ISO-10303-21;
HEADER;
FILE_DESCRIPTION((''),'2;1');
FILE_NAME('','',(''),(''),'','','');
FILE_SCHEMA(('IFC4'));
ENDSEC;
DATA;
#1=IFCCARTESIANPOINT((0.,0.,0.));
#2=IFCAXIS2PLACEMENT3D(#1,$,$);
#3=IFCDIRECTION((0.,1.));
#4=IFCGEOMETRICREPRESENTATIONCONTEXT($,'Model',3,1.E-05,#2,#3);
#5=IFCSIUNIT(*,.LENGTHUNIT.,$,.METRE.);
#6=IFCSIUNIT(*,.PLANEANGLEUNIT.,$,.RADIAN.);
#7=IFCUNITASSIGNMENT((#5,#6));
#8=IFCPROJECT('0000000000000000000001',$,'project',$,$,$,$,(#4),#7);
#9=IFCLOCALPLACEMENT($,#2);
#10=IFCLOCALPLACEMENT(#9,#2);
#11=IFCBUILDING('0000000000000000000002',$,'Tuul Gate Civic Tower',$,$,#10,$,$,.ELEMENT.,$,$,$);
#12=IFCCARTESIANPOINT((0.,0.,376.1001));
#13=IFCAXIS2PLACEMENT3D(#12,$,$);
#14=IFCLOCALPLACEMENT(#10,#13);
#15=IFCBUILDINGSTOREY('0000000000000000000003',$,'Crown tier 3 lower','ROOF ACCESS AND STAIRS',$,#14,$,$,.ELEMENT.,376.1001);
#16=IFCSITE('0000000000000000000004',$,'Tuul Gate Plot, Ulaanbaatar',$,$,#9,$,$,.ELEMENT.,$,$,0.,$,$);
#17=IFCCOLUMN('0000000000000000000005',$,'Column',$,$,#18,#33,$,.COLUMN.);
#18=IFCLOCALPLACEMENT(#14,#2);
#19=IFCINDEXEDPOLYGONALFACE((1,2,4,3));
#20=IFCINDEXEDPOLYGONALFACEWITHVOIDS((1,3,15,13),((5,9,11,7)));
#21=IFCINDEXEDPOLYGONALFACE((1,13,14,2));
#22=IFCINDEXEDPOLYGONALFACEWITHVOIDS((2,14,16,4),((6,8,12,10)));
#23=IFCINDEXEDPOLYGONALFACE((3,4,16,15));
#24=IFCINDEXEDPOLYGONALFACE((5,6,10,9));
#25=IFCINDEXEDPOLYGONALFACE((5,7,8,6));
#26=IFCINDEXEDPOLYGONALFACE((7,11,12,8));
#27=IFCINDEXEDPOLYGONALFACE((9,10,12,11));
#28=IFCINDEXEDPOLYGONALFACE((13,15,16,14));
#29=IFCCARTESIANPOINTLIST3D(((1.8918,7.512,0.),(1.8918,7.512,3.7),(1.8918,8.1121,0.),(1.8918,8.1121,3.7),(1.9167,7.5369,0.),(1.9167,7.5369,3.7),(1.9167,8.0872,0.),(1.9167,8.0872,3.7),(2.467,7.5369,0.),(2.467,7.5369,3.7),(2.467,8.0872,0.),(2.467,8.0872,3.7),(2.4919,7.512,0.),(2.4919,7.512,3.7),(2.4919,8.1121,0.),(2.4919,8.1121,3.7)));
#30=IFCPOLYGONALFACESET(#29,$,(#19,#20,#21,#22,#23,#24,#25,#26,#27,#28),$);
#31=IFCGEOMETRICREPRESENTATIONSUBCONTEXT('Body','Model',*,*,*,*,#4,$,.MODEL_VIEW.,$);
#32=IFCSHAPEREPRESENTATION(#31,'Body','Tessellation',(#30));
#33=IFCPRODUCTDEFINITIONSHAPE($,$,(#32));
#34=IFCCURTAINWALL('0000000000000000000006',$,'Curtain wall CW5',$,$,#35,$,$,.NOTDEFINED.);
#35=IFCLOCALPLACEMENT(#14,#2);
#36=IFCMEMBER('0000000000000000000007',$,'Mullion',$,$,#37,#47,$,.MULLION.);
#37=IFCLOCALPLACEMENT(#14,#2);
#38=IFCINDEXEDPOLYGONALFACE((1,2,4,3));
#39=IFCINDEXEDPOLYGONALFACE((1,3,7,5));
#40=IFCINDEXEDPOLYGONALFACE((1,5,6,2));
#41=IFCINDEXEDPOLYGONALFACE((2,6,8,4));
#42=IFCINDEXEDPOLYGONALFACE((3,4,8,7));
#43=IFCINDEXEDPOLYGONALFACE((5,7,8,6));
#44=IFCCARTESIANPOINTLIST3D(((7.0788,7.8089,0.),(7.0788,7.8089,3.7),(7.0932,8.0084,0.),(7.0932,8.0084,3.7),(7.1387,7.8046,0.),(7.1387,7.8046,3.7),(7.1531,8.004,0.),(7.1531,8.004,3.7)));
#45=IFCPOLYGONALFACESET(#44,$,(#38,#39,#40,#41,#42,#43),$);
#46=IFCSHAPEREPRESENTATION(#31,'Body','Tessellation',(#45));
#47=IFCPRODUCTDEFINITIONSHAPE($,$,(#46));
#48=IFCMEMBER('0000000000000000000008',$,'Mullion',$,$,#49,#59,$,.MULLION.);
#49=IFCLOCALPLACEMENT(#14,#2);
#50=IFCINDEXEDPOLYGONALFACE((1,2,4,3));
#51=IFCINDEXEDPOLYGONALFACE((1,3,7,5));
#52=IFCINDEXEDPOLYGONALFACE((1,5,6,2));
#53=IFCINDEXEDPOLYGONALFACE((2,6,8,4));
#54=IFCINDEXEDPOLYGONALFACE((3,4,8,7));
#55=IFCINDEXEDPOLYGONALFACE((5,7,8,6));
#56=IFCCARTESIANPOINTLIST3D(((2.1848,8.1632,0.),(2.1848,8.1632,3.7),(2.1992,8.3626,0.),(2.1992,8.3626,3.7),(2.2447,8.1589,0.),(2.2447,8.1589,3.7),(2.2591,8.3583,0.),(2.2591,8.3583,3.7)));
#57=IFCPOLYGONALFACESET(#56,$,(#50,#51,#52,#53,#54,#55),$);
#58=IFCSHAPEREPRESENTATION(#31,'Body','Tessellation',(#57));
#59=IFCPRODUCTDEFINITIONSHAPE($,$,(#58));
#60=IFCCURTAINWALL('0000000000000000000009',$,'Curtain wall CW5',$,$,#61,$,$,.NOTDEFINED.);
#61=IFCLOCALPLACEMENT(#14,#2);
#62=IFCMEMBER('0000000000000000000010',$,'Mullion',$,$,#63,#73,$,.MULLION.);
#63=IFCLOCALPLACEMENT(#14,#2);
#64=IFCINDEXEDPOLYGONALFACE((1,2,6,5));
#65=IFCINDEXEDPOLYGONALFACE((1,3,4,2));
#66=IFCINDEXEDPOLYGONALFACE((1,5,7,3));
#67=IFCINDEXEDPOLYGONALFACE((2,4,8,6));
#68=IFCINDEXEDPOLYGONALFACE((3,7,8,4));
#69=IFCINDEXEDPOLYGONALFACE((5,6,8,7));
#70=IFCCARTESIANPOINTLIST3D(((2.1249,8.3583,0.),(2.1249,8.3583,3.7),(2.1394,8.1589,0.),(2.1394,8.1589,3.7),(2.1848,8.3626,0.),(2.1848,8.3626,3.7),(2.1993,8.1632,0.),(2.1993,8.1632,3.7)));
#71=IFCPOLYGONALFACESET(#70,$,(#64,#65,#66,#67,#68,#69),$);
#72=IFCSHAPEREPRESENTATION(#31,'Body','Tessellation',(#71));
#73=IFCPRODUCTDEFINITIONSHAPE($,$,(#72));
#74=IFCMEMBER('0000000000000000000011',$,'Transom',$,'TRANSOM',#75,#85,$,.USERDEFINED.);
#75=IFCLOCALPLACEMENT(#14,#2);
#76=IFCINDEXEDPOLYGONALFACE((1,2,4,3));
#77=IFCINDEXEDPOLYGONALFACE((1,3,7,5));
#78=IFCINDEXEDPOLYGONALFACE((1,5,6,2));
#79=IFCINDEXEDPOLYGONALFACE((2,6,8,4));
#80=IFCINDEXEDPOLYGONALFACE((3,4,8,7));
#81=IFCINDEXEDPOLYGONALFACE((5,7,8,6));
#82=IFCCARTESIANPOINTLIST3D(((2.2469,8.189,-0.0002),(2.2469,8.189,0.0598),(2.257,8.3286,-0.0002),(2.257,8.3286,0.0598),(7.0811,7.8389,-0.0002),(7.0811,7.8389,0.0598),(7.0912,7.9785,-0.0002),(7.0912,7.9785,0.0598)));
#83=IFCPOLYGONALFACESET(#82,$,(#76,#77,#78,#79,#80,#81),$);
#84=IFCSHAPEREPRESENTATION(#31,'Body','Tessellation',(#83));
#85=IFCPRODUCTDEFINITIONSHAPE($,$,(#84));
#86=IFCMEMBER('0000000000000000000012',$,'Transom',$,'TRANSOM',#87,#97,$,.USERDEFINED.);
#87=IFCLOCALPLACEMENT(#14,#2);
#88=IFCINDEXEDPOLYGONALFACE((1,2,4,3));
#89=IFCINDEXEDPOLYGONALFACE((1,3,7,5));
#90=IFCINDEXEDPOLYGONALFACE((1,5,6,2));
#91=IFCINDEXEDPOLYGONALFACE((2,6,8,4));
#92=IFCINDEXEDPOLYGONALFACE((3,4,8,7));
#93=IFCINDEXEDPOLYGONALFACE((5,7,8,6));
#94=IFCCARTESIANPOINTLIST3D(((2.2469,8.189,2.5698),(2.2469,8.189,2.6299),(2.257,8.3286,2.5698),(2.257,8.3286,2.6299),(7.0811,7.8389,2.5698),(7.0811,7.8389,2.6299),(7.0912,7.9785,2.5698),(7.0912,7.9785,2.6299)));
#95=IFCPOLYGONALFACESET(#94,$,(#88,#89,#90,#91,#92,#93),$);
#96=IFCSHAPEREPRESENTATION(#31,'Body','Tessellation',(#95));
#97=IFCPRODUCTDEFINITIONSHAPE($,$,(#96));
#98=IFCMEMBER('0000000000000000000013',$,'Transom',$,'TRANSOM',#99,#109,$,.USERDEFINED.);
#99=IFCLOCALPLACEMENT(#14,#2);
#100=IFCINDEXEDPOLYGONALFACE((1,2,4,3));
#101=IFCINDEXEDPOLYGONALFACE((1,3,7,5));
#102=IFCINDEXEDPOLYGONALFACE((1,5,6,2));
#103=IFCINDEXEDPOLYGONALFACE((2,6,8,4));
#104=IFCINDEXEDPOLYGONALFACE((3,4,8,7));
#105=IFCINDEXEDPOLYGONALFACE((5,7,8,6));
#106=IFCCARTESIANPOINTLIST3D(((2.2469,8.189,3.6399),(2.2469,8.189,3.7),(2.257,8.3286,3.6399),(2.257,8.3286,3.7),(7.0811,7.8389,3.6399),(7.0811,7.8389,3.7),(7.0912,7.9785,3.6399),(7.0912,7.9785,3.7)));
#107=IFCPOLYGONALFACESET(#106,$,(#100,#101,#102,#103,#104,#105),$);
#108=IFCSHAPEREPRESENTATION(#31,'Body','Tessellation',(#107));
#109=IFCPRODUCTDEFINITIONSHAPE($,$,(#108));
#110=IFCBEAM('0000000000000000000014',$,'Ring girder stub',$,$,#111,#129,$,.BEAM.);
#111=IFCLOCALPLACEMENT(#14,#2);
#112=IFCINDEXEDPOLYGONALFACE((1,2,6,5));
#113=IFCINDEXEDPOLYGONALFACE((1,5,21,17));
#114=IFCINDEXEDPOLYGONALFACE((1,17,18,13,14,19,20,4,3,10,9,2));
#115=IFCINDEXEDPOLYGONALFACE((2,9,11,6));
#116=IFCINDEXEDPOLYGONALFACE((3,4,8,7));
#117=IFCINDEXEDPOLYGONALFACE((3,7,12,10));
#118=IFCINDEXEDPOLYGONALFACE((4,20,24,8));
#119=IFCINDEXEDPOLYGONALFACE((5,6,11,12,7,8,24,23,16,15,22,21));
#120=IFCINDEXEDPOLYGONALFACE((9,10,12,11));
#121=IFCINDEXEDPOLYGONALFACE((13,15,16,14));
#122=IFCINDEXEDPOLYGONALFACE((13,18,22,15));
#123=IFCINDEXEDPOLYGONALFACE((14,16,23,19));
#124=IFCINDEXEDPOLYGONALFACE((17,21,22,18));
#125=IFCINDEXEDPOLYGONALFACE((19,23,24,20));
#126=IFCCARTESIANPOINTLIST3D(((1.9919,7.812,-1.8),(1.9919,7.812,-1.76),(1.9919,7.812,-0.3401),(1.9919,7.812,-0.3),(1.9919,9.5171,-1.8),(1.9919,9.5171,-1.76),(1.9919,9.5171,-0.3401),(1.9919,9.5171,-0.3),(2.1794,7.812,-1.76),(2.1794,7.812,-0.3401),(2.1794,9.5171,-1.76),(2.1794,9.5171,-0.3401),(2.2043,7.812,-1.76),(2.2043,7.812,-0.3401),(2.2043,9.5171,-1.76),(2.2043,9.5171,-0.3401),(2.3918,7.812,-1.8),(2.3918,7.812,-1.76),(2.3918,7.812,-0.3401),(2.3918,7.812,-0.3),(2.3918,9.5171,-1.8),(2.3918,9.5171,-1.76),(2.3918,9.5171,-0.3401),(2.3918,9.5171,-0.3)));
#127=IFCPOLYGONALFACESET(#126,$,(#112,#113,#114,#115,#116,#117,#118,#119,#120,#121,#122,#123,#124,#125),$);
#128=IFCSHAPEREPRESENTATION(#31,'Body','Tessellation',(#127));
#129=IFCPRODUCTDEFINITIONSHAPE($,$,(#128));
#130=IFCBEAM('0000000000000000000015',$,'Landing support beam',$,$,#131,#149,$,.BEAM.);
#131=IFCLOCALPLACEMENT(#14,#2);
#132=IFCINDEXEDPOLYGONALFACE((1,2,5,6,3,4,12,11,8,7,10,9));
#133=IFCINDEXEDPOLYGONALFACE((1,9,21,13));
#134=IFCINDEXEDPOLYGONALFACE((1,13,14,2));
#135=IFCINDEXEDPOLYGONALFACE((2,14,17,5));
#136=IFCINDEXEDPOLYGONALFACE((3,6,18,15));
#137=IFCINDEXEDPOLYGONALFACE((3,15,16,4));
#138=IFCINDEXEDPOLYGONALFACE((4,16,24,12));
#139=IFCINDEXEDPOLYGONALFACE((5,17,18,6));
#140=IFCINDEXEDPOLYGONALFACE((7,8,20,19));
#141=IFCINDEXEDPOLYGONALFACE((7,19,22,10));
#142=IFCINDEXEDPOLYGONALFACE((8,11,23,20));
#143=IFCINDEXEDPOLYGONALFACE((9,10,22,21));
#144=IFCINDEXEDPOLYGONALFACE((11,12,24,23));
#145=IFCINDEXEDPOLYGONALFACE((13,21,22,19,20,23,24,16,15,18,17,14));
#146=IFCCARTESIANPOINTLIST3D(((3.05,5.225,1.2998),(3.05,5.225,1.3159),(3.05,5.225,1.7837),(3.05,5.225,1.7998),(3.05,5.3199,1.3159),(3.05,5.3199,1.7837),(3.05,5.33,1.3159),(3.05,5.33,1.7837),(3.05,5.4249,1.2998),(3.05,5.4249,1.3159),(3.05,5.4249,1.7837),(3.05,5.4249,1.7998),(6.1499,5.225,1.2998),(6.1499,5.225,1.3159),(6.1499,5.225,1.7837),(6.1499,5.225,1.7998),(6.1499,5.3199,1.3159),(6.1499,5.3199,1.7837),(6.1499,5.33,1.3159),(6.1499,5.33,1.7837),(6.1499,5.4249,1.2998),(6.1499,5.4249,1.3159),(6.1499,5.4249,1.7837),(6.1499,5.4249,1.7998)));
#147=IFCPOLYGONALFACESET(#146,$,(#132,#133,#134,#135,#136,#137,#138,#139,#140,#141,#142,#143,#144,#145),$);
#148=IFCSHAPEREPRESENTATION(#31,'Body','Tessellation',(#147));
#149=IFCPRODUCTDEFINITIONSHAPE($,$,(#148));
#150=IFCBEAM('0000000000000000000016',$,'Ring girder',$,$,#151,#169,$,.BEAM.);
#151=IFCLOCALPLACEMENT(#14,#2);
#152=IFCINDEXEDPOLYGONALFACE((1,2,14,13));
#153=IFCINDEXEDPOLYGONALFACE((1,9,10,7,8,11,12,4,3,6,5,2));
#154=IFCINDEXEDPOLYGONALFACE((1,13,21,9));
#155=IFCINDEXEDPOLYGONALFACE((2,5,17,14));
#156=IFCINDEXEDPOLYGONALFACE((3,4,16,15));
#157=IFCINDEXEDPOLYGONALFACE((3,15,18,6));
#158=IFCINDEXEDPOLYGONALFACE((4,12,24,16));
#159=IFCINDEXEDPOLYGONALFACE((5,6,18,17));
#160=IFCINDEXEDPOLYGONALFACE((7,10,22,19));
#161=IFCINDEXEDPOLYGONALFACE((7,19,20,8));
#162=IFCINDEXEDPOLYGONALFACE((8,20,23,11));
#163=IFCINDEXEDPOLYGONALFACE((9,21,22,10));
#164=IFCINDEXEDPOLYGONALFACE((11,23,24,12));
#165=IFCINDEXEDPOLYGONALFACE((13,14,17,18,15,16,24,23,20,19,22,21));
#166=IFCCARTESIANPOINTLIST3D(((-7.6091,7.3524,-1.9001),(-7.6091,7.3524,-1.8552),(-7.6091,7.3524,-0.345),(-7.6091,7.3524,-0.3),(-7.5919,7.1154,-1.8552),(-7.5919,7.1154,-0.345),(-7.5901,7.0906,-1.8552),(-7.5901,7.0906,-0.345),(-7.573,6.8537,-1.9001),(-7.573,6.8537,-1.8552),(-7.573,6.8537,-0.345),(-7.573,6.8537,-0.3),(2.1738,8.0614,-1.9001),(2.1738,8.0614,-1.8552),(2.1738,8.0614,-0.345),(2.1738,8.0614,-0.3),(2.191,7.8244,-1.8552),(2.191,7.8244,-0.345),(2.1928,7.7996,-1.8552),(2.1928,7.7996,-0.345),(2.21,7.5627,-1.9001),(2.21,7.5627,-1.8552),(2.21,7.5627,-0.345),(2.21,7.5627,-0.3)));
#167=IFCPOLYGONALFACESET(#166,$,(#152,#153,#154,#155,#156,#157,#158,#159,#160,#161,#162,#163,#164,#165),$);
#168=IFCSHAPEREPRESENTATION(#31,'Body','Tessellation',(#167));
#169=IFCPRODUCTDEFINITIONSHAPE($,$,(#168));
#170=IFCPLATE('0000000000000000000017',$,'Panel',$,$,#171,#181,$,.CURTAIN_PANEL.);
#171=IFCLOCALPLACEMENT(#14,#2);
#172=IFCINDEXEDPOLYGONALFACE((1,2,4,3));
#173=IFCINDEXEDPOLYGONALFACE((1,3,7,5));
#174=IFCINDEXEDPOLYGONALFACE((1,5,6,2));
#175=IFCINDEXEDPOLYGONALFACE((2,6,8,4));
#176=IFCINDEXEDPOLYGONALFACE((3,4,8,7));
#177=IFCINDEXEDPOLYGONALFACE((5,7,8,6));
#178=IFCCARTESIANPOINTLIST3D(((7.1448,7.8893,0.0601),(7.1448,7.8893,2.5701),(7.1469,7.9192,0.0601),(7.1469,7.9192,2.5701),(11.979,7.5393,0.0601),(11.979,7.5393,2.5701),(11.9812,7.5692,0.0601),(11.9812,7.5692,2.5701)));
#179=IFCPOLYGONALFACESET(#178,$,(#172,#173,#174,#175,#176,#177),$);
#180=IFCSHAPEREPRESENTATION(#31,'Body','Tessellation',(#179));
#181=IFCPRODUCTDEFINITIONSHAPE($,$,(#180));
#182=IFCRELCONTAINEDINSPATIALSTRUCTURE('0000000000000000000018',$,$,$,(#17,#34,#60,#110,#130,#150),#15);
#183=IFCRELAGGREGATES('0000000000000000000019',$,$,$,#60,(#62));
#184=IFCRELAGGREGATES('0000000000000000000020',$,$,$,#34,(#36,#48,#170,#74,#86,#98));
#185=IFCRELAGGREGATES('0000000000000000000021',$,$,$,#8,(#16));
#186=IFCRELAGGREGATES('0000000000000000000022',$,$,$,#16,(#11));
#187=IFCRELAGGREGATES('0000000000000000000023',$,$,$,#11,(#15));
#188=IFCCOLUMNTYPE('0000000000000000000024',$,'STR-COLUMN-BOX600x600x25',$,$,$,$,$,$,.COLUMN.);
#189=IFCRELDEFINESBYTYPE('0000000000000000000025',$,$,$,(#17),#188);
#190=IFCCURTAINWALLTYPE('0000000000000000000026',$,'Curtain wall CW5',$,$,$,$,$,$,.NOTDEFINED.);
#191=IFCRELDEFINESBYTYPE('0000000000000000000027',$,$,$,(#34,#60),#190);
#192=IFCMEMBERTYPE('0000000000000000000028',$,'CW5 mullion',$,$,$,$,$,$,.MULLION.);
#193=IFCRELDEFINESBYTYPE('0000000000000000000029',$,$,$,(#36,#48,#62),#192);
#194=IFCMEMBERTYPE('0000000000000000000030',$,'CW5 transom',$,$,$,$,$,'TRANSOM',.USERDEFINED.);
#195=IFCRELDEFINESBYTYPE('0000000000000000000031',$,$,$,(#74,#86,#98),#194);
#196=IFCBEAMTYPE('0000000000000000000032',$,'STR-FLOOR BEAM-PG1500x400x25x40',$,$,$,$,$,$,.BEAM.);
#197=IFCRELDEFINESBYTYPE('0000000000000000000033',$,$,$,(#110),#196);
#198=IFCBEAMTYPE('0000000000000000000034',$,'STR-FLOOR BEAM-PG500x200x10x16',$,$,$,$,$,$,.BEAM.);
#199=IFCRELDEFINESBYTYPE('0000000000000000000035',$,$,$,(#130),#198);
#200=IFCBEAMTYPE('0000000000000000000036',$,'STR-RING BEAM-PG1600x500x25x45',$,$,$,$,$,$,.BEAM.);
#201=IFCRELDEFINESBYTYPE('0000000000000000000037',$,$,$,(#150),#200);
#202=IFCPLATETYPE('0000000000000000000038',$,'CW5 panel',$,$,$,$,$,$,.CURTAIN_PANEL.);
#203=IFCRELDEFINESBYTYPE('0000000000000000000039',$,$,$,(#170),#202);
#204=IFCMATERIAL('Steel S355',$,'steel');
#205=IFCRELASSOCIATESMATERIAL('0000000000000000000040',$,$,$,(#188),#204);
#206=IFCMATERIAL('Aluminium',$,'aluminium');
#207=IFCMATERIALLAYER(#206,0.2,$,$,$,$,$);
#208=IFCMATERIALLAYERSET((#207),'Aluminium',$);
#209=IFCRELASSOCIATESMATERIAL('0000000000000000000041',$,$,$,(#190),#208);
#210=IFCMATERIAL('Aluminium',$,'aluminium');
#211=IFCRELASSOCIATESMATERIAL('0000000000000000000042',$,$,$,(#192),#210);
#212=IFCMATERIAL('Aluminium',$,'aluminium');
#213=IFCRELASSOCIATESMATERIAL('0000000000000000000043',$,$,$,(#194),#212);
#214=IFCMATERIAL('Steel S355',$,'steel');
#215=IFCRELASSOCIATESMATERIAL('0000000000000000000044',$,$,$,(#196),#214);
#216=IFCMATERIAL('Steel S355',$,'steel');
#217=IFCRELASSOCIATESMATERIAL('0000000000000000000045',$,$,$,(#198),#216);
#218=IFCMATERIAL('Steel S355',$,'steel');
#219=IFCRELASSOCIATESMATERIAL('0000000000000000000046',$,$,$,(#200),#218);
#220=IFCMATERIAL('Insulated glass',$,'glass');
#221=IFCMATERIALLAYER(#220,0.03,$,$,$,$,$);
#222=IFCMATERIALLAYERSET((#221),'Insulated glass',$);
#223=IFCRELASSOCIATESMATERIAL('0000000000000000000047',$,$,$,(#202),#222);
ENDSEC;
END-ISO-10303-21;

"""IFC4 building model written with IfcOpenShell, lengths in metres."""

from ifc_helpers import new_model, si_unit, direction, frame, origin, origin_2d, place, context, subcontext, project, spatial, rectangle, hollow_rectangle, i_section, extrude, material, layer, layer_set, material_profile, profile_set, type_object, element, aggregate, save


model = new_model("IFC4")

# Units and contexts
model_context = context("Model", 3, precision=1e-05, world=origin(), true_north=direction((0.0, 1.0)))
body_context = subcontext(model_context, "Body", "Model", "MODEL_VIEW")
ifc_project = project(units=[si_unit("LENGTHUNIT", "METRE"), si_unit("PLANEANGLEUNIT", "RADIAN")], contexts=[model_context])

# Site, building, storey
site_placement = place(None, origin())
site = spatial("IfcSite", under=ifc_project, at=site_placement, Name="Tuul Gate Plot, Ulaanbaatar", CompositionType="ELEMENT", RefElevation=0.0)
building_placement = place(site_placement, origin())
building = spatial("IfcBuilding", under=site, at=building_placement, Name="Tuul Gate Civic Tower", CompositionType="ELEMENT")
storey_placement = place(building_placement, frame((0.0, 0.0, 376.1001)))
storey = spatial("IfcBuildingStorey", under=building, at=storey_placement, Name="Crown tier 3 lower", Description="ROOF ACCESS AND STAIRS", CompositionType="ELEMENT", Elevation=376.1001)

# Column
ifc_material_1 = material(Name="Steel S355", Category="steel")
ifc_material_profile_1 = material_profile(ifc_material_1, hollow_rectangle(XDim=0.6001, YDim=0.6001, WallThickness=0.0249, at=origin_2d()), Name="BOX600x600x25")
ifc_profile_set_1 = profile_set([ifc_material_profile_1], Name="Steel S355")
column_type = type_object("IfcColumnType", Name="STR-COLUMN-BOX600x600x25", PredefinedType="COLUMN", material=ifc_profile_set_1)
column_placement = place(storey_placement, frame((2.1919, 7.812, 0.0), z_axis=(0.0, 0.0, 1.0), x_axis=(1.0, 0.0, 0.0)))
element("IfcColumn", 1, at=column_placement, inside=storey, type_object=column_type, Name="Column", PredefinedType="COLUMN", context=body_context, shape_type="SweptSolid", body=[
    extrude(hollow_rectangle(XDim=0.6001, YDim=0.6001, WallThickness=0.0249, at=origin_2d()), origin(), (0.0, 0.0, 1.0), 3.7),
])

# Curtain wall, members
ifc_material_2 = material(Name="Aluminium", Category="aluminium")
ifc_layer_1 = layer(ifc_material_2, 0.2)
ifc_layer_set_1 = layer_set([ifc_layer_1], Name="Aluminium")
curtain_wall_type = type_object("IfcCurtainWallType", Name="Curtain wall CW5", PredefinedType="NOTDEFINED", material=ifc_layer_set_1)
curtain_wall_1_placement = place(storey_placement, origin())
curtain_wall_1 = element("IfcCurtainWall", 2, at=curtain_wall_1_placement, inside=storey, type_object=curtain_wall_type, Name="Curtain wall CW5", PredefinedType="NOTDEFINED")
ifc_material_3 = material(Name="Aluminium", Category="aluminium")
ifc_material_profile_2 = material_profile(ifc_material_3, rectangle(XDim=0.2, YDim=0.0601, at=origin_2d()), Name="CW5 mullion")
ifc_profile_set_2 = profile_set([ifc_material_profile_2], Name="Aluminium")
member_type_1 = type_object("IfcMemberType", Name="CW5 mullion", PredefinedType="MULLION", material=ifc_profile_set_2)
member_1_placement = place(storey_placement, frame((7.116, 7.9065, 0.0), z_axis=(0.0, 0.0, 1.0), x_axis=(-0.072211, -0.997389, 0.0)))
member_1 = element("IfcMember", 3, at=member_1_placement, type_object=member_type_1, Name="Mullion", PredefinedType="MULLION", context=body_context, shape_type="SweptSolid", body=[
    extrude(rectangle(XDim=0.2, YDim=0.0601, at=origin_2d()), origin(), (0.0, 0.0, 1.0), 3.7),
])
member_2_placement = place(storey_placement, frame((2.2219, 8.2607, 0.0), z_axis=(0.0, 0.0, 1.0), x_axis=(-0.072211, -0.997389, 0.0)))
member_2 = element("IfcMember", 4, at=member_2_placement, type_object=member_type_1, Name="Mullion", PredefinedType="MULLION", context=body_context, shape_type="SweptSolid", body=[
    extrude(rectangle(XDim=0.2, YDim=0.0601, at=origin_2d()), origin(), (0.0, 0.0, 1.0), 3.7),
])

# Curtain wall, member
curtain_wall_2_placement = place(storey_placement, origin())
curtain_wall_2 = element("IfcCurtainWall", 5, at=curtain_wall_2_placement, inside=storey, type_object=curtain_wall_type, Name="Curtain wall CW5", PredefinedType="NOTDEFINED")
member_3_placement = place(storey_placement, frame((2.1621, 8.2607, 0.0), z_axis=(0.0, 0.0, 1.0), x_axis=(0.072211, -0.997389, 0.0)))
member_3 = element("IfcMember", 6, at=member_3_placement, type_object=member_type_1, Name="Mullion", PredefinedType="MULLION", context=body_context, shape_type="SweptSolid", body=[
    extrude(rectangle(XDim=0.2, YDim=0.0601, at=origin_2d()), origin(), (0.0, 0.0, 1.0), 3.7),
])
aggregate(curtain_wall_2, [member_3])

# Members
ifc_material_4 = material(Name="Aluminium", Category="aluminium")
ifc_material_profile_3 = material_profile(ifc_material_4, rectangle(XDim=0.1399, YDim=0.0601, at=origin_2d()), Name="CW5 transom")
ifc_profile_set_3 = profile_set([ifc_material_profile_3], Name="Aluminium")
member_type_2 = type_object("IfcMemberType", Name="CW5 transom", ElementType="TRANSOM", PredefinedType="USERDEFINED", material=ifc_profile_set_3)
member_4_placement = place(storey_placement, frame((7.0862, 7.9087, 0.0298), z_axis=(-0.997388, 0.072231, 0.0), x_axis=(-0.072231, -0.997388, 0.0)))
member_4 = element("IfcMember", 7, at=member_4_placement, type_object=member_type_2, Name="Transom", ObjectType="TRANSOM", PredefinedType="USERDEFINED", context=body_context, shape_type="SweptSolid", body=[
    extrude(rectangle(XDim=0.1399, YDim=0.0601, at=origin_2d()), origin(), (0.0, 0.0, 1.0), 4.8469),
])
member_5_placement = place(storey_placement, frame((7.0862, 7.9087, 2.5999), z_axis=(-0.997388, 0.072231, 0.0), x_axis=(-0.072231, -0.997388, 0.0)))
member_5 = element("IfcMember", 8, at=member_5_placement, type_object=member_type_2, Name="Transom", ObjectType="TRANSOM", PredefinedType="USERDEFINED", context=body_context, shape_type="SweptSolid", body=[
    extrude(rectangle(XDim=0.1399, YDim=0.0601, at=origin_2d()), origin(), (0.0, 0.0, 1.0), 4.8469),
])
member_6_placement = place(storey_placement, frame((7.0862, 7.9087, 3.6699), z_axis=(-0.997388, 0.072231, 0.0), x_axis=(-0.072231, -0.997388, 0.0)))
member_6 = element("IfcMember", 9, at=member_6_placement, type_object=member_type_2, Name="Transom", ObjectType="TRANSOM", PredefinedType="USERDEFINED", context=body_context, shape_type="SweptSolid", body=[
    extrude(rectangle(XDim=0.1399, YDim=0.0601, at=origin_2d()), origin(), (0.0, 0.0, 1.0), 4.8469),
])

# Beams
ifc_material_5 = material(Name="Steel S355", Category="steel")
ifc_material_profile_4 = material_profile(ifc_material_5, i_section(OverallWidth=0.3999, OverallDepth=1.5, WebThickness=0.0249, FlangeThickness=0.04, at=origin_2d()), Name="PG1500x400x25x40")
ifc_profile_set_4 = profile_set([ifc_material_profile_4], Name="Steel S355")
beam_type_1 = type_object("IfcBeamType", Name="STR-FLOOR BEAM-PG1500x400x25x40", PredefinedType="BEAM", material=ifc_profile_set_4)
beam_1_placement = place(storey_placement, frame((2.1919, 9.5171, -1.05), z_axis=(0.0, -1.0, 0.0), x_axis=(1.0, 0.0, 0.0)))
element("IfcBeam", 10, at=beam_1_placement, inside=storey, type_object=beam_type_1, Name="Ring girder stub", PredefinedType="BEAM", context=body_context, shape_type="SweptSolid", body=[
    extrude(i_section(OverallWidth=0.3999, OverallDepth=1.5, WebThickness=0.0249, FlangeThickness=0.04, at=origin_2d()), origin(), (0.0, 0.0, 1.0), 1.7051),
])
ifc_material_6 = material(Name="Steel S355", Category="steel")
ifc_material_profile_5 = material_profile(ifc_material_6, i_section(OverallWidth=0.2, OverallDepth=0.5, WebThickness=0.01, FlangeThickness=0.0161, at=origin_2d()), Name="PG500x200x10x16")
ifc_profile_set_5 = profile_set([ifc_material_profile_5], Name="Steel S355")
beam_type_2 = type_object("IfcBeamType", Name="STR-FLOOR BEAM-PG500x200x10x16", PredefinedType="BEAM", material=ifc_profile_set_5)
beam_2_placement = place(storey_placement, frame((3.05, 5.325, 1.5498), z_axis=(1.0, 0.0, 0.0), x_axis=(0.0, 1.0, 0.0)))
element("IfcBeam", 11, at=beam_2_placement, inside=storey, type_object=beam_type_2, Name="Landing support beam", PredefinedType="BEAM", context=body_context, shape_type="SweptSolid", body=[
    extrude(i_section(OverallWidth=0.2, OverallDepth=0.5, WebThickness=0.01, FlangeThickness=0.0161, at=origin_2d()), origin(), (0.0, 0.0, 1.0), 3.0999),
])
ifc_material_7 = material(Name="Steel S355", Category="steel")
ifc_material_profile_6 = material_profile(ifc_material_7, i_section(OverallWidth=0.5, OverallDepth=1.6001, WebThickness=0.0249, FlangeThickness=0.0449, at=origin_2d()), Name="PG1600x500x25x45")
ifc_profile_set_6 = profile_set([ifc_material_profile_6], Name="Steel S355")
beam_type_3 = type_object("IfcBeamType", Name="STR-RING BEAM-PG1600x500x25x45", PredefinedType="BEAM", material=ifc_profile_set_6)
beam_3_placement = place(storey_placement, frame((2.1919, 7.812, -1.1001), z_axis=(-0.997384, -0.072282, 0.0), x_axis=(0.072282, -0.997384, 0.0)))
element("IfcBeam", 12, at=beam_3_placement, inside=storey, type_object=beam_type_3, Name="Ring girder", PredefinedType="BEAM", context=body_context, shape_type="SweptSolid", body=[
    extrude(i_section(OverallWidth=0.5, OverallDepth=1.6001, WebThickness=0.0249, FlangeThickness=0.0449, at=origin_2d()), origin(), (0.0, 0.0, 1.0), 9.8086),
])

# Plate
ifc_material_8 = material(Name="Insulated glass", Category="glass")
ifc_layer_2 = layer(ifc_material_8, 0.03)
ifc_layer_set_2 = layer_set([ifc_layer_2], Name="Insulated glass")
plate_type = type_object("IfcPlateType", Name="CW5 panel", PredefinedType="CURTAIN_PANEL", material=ifc_layer_set_2)
plate_1_placement = place(storey_placement, frame((9.563, 7.7292, 0.0601), z_axis=(0.0, 0.0, 1.0), x_axis=(-0.997389, 0.072211, 0.0)))
plate_1 = element("IfcPlate", 13, at=plate_1_placement, type_object=plate_type, Name="Panel", PredefinedType="CURTAIN_PANEL", context=body_context, shape_type="SweptSolid", body=[
    extrude(rectangle(XDim=4.8469, YDim=0.03, at=origin_2d()), origin(), (0.0, 0.0, 1.0), 2.51),
])
aggregate(curtain_wall_1, [member_1, member_2, plate_1, member_4, member_5, member_6])

save(model, "model.ifc")
